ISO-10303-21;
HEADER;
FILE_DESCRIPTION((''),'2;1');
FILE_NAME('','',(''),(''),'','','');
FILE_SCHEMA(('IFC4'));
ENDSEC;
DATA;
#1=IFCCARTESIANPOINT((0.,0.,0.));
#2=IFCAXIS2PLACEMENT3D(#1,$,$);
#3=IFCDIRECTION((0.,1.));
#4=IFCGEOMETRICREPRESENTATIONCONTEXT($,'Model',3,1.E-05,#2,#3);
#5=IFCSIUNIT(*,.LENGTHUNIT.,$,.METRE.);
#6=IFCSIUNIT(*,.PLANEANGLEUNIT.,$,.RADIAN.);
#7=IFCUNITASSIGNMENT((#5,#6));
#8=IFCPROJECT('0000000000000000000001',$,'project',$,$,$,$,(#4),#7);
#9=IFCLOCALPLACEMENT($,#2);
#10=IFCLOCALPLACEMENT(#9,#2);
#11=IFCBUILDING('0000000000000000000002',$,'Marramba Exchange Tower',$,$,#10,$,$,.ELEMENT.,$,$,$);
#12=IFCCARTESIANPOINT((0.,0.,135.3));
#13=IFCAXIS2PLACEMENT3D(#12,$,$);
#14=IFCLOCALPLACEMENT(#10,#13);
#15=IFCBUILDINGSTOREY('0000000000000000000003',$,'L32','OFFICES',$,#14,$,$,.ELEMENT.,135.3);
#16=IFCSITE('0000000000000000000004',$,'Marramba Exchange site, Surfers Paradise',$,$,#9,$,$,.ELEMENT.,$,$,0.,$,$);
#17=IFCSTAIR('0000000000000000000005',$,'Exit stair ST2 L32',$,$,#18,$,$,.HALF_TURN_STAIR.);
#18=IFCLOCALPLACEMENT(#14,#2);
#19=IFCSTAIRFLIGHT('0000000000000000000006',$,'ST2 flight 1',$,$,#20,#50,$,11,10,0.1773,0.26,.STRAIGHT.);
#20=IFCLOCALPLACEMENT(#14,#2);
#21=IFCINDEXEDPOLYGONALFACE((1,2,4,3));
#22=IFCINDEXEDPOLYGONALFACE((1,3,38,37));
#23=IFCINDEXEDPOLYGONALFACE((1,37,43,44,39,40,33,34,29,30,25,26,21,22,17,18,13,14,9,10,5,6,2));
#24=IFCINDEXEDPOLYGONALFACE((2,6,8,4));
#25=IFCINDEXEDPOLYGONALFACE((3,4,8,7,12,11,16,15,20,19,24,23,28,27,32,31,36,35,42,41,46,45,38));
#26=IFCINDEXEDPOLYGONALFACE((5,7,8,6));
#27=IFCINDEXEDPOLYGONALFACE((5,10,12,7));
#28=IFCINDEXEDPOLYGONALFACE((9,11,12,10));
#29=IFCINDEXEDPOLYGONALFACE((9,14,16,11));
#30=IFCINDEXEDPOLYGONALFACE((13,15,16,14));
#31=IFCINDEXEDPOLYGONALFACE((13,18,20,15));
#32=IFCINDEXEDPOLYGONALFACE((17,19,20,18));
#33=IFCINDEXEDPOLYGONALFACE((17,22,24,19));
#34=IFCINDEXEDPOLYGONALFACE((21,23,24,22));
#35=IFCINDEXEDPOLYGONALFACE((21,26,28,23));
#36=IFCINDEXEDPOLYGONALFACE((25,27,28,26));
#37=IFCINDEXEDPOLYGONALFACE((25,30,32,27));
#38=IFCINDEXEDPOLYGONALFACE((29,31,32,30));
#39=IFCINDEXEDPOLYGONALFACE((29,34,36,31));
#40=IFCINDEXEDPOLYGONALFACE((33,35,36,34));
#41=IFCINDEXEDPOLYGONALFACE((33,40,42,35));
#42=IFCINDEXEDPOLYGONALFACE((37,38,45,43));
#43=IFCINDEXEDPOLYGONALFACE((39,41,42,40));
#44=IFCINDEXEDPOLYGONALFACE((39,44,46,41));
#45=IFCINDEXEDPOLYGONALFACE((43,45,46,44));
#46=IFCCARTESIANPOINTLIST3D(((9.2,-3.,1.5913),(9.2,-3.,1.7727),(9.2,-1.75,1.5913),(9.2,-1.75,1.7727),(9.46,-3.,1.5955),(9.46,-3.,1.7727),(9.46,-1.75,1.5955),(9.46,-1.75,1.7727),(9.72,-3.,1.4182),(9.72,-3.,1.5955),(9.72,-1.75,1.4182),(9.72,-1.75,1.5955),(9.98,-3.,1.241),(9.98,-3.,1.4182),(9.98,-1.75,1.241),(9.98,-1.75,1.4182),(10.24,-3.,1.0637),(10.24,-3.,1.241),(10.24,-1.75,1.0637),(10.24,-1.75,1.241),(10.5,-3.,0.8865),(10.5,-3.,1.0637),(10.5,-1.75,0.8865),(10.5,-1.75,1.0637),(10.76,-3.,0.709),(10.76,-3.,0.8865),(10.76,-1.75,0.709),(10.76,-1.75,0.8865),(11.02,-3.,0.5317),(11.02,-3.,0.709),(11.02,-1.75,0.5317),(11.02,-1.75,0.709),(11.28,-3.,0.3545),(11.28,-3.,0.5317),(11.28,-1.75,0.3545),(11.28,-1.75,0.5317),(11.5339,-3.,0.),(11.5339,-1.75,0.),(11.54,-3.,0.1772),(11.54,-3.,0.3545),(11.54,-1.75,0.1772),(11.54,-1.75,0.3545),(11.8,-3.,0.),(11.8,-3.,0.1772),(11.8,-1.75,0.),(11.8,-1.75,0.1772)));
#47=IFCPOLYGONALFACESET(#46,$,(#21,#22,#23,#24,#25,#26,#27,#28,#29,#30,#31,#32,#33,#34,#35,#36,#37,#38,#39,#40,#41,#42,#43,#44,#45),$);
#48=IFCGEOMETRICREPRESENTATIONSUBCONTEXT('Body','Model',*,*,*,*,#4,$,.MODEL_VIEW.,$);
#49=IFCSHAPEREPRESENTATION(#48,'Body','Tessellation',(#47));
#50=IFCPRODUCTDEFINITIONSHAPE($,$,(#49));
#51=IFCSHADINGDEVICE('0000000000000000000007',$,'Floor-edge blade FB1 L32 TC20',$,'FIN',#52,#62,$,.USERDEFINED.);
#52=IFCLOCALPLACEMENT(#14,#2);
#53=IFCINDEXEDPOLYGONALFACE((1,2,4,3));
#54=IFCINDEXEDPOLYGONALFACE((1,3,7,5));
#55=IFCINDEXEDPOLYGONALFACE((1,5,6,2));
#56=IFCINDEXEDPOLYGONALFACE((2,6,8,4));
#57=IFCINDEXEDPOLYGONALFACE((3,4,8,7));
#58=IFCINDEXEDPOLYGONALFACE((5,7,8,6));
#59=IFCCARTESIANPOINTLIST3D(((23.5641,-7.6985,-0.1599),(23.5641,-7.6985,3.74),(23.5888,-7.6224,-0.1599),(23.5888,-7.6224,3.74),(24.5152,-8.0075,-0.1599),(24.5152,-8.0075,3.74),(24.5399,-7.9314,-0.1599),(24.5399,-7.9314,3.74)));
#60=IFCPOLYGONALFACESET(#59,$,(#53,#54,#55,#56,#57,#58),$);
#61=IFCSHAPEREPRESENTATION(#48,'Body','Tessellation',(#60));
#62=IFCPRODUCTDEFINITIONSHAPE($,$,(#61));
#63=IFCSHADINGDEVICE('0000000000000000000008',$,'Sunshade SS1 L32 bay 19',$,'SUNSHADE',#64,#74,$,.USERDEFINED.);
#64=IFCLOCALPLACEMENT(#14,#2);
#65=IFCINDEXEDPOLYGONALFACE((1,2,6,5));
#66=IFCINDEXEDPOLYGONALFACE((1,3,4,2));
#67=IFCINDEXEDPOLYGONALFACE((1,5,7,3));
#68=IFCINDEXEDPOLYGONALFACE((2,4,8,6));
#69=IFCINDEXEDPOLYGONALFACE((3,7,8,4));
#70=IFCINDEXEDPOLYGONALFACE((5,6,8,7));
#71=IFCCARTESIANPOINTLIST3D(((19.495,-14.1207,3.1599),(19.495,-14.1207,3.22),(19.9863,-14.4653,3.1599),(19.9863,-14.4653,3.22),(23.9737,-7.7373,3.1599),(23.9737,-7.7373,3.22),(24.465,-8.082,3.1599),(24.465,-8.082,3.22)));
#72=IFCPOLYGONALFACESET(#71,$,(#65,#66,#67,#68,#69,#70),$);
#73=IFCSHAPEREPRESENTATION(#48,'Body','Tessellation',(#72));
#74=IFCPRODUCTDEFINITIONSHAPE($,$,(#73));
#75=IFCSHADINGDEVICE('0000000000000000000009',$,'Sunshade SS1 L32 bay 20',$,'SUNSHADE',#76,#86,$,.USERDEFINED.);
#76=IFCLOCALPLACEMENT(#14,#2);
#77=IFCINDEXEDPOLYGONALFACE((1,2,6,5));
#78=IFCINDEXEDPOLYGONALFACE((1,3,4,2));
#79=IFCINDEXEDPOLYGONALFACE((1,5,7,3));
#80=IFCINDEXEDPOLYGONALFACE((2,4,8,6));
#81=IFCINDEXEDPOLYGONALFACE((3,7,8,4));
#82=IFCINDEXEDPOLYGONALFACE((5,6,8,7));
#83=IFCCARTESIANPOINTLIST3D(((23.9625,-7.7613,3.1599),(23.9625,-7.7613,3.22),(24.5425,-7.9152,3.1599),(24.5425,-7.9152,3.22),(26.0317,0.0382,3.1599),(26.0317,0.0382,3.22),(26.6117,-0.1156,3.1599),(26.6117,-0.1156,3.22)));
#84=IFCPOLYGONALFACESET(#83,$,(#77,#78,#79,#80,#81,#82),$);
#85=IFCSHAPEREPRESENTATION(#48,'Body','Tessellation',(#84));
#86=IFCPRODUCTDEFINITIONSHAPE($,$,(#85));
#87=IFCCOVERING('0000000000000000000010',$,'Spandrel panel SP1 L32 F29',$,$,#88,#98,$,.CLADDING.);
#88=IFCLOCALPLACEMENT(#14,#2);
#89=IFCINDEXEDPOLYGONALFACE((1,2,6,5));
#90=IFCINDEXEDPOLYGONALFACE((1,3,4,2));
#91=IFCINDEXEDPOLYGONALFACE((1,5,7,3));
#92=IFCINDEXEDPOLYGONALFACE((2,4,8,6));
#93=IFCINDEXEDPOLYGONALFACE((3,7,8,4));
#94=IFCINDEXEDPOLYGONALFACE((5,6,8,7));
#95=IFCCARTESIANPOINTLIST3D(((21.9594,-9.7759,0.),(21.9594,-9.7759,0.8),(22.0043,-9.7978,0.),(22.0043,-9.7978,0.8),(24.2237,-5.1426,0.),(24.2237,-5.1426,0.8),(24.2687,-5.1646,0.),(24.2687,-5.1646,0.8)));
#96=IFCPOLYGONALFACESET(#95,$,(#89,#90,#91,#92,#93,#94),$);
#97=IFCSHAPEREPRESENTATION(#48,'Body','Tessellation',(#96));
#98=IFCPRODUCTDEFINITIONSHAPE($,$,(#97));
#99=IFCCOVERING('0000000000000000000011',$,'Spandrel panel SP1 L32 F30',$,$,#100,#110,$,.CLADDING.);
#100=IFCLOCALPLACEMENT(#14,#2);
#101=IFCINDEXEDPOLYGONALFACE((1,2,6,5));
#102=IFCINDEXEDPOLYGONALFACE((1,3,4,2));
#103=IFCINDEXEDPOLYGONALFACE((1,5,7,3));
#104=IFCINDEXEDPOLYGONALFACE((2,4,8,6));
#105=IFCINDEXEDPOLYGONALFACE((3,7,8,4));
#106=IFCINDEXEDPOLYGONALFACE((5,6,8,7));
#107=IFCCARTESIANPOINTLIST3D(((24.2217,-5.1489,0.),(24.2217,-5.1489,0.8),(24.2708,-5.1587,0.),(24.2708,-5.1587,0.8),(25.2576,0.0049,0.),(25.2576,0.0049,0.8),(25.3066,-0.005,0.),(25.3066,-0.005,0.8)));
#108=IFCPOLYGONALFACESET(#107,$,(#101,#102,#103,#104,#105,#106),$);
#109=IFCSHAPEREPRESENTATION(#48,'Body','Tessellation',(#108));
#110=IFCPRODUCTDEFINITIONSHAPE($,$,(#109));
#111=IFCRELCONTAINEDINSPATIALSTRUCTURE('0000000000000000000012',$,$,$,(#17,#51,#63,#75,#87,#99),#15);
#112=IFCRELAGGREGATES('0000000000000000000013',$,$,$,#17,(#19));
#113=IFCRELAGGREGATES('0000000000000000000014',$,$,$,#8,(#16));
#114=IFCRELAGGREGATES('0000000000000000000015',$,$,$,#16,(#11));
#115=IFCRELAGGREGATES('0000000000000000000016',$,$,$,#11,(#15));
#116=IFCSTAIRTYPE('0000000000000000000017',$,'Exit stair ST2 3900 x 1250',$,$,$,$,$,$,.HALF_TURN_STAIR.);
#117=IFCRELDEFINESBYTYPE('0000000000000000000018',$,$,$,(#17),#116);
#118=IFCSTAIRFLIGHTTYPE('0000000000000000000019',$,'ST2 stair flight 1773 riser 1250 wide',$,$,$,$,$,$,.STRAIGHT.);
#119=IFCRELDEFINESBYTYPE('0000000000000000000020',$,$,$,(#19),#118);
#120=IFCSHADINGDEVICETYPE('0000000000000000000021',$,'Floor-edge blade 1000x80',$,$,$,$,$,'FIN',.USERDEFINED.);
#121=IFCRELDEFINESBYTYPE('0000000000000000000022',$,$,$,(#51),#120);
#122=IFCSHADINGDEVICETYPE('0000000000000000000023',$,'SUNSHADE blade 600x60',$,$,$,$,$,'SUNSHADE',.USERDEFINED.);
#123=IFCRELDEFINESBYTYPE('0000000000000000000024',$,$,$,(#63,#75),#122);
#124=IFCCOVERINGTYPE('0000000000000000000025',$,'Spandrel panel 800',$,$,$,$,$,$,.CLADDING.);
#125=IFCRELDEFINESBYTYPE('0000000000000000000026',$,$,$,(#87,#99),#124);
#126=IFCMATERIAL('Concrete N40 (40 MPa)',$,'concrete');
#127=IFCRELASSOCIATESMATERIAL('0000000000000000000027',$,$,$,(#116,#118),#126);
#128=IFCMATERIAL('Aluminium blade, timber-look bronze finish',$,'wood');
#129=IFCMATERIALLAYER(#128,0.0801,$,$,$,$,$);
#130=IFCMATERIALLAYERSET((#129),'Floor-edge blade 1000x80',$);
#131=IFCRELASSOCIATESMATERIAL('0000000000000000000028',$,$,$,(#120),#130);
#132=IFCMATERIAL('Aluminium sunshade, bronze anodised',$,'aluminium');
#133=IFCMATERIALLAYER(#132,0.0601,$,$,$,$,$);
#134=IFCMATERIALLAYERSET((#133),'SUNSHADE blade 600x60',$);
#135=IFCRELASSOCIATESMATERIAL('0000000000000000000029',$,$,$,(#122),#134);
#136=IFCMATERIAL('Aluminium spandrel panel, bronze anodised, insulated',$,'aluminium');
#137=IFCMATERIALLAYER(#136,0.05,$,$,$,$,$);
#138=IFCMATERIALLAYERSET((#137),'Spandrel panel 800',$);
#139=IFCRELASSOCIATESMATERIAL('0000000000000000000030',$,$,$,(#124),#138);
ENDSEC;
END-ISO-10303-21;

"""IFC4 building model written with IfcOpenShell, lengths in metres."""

from ifc_helpers import new_model, si_unit, direction, frame, origin, origin_2d, place, context, subcontext, project, spatial, polyline, rectangle, outline, extrude, material, layer, layer_set, type_object, element, aggregate, save


model = new_model("IFC4")

# Units and contexts
model_context = context("Model", 3, precision=1e-05, world=origin(), true_north=direction((0.0, 1.0)))
body_context = subcontext(model_context, "Body", "Model", "MODEL_VIEW")
ifc_project = project(units=[si_unit("LENGTHUNIT", "METRE"), si_unit("PLANEANGLEUNIT", "RADIAN")], contexts=[model_context])

# Site, building, storey
site_placement = place(None, origin())
site = spatial("IfcSite", under=ifc_project, at=site_placement, Name="Marramba Exchange site, Surfers Paradise", CompositionType="ELEMENT", RefElevation=0.0)
building_placement = place(site_placement, origin())
building = spatial("IfcBuilding", under=site, at=building_placement, Name="Marramba Exchange Tower", CompositionType="ELEMENT")
storey_placement = place(building_placement, frame((0.0, 0.0, 135.3)))
storey = spatial("IfcBuildingStorey", under=building, at=storey_placement, Name="L32", Description="OFFICES", CompositionType="ELEMENT", Elevation=135.3)

# Stair, stair flight
ifc_material_1 = material(Name="Concrete N40 (40 MPa)", Category="concrete")
stair_type = type_object("IfcStairType", Name="Exit stair ST2 3900 x 1250", PredefinedType="HALF_TURN_STAIR", material=ifc_material_1)
stair_placement = place(storey_placement, origin())
stair = element("IfcStair", 1, at=stair_placement, inside=storey, type_object=stair_type, Name="Exit stair ST2 L32", PredefinedType="HALF_TURN_STAIR")
stair_flight_type = type_object("IfcStairFlightType", Name="ST2 stair flight 1773 riser 1250 wide", PredefinedType="STRAIGHT", material=ifc_material_1)
stair_flight_placement = place(storey_placement, frame((11.8, -2.375, 0.0), z_axis=(0.0, 0.0, 1.0), x_axis=(-1.0, 0.0, 0.0)))
stair_flight = element("IfcStairFlight", 2, at=stair_flight_placement, type_object=stair_flight_type, Name="ST2 flight 1", NumberOfRisers=11, NumberOfTreads=10, PredefinedType="STRAIGHT", RiserHeight=0.1773, TreadLength=0.26, context=body_context, shape_type="SweptSolid", body=[
    extrude(outline(polyline([(0.0, 0.0), (0.0, 0.1772), (0.26, 0.1772), (0.26, 0.3545), (0.52, 0.3545), (0.52, 0.5317), (0.78, 0.5317), (0.78, 0.709), (1.04, 0.709), (1.04, 0.8865), (1.3, 0.8865), (1.3, 1.0637), (1.5601, 1.0637), (1.5601, 1.241), (1.8201, 1.241), (1.8201, 1.4182), (2.0801, 1.4182), (2.0801, 1.5955), (2.3401, 1.5955), (2.3401, 1.7727), (2.6001, 1.7727), (2.6001, 1.95), (2.6001, 1.5913), (0.2661, 0.0), (0.0, 0.0)])), frame((0.0, 0.625, 0.0), z_axis=(0.0, -1.0, 0.0), x_axis=(1.0, 0.0, 0.0)), (0.0, 0.0, 1.0), 1.25),
])
aggregate(stair, [stair_flight])

# Shading devices
ifc_material_2 = material(Name="Aluminium blade, timber-look bronze finish", Category="wood")
ifc_layer_1 = layer(ifc_material_2, 0.0801)
ifc_layer_set_1 = layer_set([ifc_layer_1], Name="Floor-edge blade 1000x80")
shading_device_type_1 = type_object("IfcShadingDeviceType", Name="Floor-edge blade 1000x80", ElementType="FIN", PredefinedType="USERDEFINED", material=ifc_layer_set_1)
shading_device_1_placement = place(storey_placement, frame((24.052, -7.8149, -0.1599), z_axis=(0.0, 0.0, 1.0), x_axis=(0.951057, -0.309017, 0.0)))
element("IfcShadingDevice", 3, at=shading_device_1_placement, inside=storey, type_object=shading_device_type_1, Name="Floor-edge blade FB1 L32 TC20", ObjectType="FIN", PredefinedType="USERDEFINED", context=body_context, shape_type="SweptSolid", body=[
    extrude(rectangle(XDim=1.0, YDim=0.0801, at=origin_2d()), origin(), (0.0, 0.0, 1.0), 3.8999),
])
ifc_material_3 = material(Name="Aluminium sunshade, bronze anodised", Category="aluminium")
ifc_layer_2 = layer(ifc_material_3, 0.0601)
ifc_layer_set_2 = layer_set([ifc_layer_2], Name="SUNSHADE blade 600x60")
shading_device_type_2 = type_object("IfcShadingDeviceType", Name="SUNSHADE blade 600x60", ElementType="SUNSHADE", PredefinedType="USERDEFINED", material=ifc_layer_set_2)
shading_device_2_placement = place(storey_placement, frame((21.98, -11.1013, 3.1599), z_axis=(0.0, 0.0, 1.0), x_axis=(0.574351, 0.818609, 0.0)))
element("IfcShadingDevice", 4, at=shading_device_2_placement, inside=storey, type_object=shading_device_type_2, Name="Sunshade SS1 L32 bay 19", ObjectType="SUNSHADE", PredefinedType="USERDEFINED", context=body_context, shape_type="SweptSolid", body=[
    extrude(rectangle(XDim=7.7979, YDim=0.6001, at=origin_2d()), origin(), (0.0, 0.0, 1.0), 0.0601),
])
shading_device_3_placement = place(storey_placement, frame((25.2871, -3.9385, 3.1599), z_axis=(0.0, 0.0, 1.0), x_axis=(0.256423, 0.966565, 0.0)))
element("IfcShadingDevice", 5, at=shading_device_3_placement, inside=storey, type_object=shading_device_type_2, Name="Sunshade SS1 L32 bay 20", ObjectType="SUNSHADE", PredefinedType="USERDEFINED", context=body_context, shape_type="SweptSolid", body=[
    extrude(rectangle(XDim=8.0693, YDim=0.6001, at=origin_2d()), origin(), (0.0, 0.0, 1.0), 0.0601),
])

# Coverings
ifc_material_4 = material(Name="Aluminium spandrel panel, bronze anodised, insulated", Category="aluminium")
ifc_layer_3 = layer(ifc_material_4, 0.05)
ifc_layer_set_3 = layer_set([ifc_layer_3], Name="Spandrel panel 800")
covering_type = type_object("IfcCoveringType", Name="Spandrel panel 800", PredefinedType="CLADDING", material=ifc_layer_set_3)
covering_1_placement = place(storey_placement, frame((23.114, -7.4702, 0.0), z_axis=(0.0, 0.0, 1.0), x_axis=(0.439086, 0.898445, 0.0)))
element("IfcCovering", 6, at=covering_1_placement, inside=storey, type_object=covering_type, Name="Spandrel panel SP1 L32 F29", PredefinedType="CLADDING", context=body_context, shape_type="SweptSolid", body=[
    extrude(rectangle(XDim=5.157, YDim=0.05, at=origin_2d()), origin(), (0.0, 0.0, 1.0), 0.8),
])
covering_2_placement = place(storey_placement, frame((24.7642, -2.5769, 0.0), z_axis=(0.0, 0.0, 1.0), x_axis=(0.197049, 0.980394, 0.0)))
element("IfcCovering", 7, at=covering_2_placement, inside=storey, type_object=covering_type, Name="Spandrel panel SP1 L32 F30", PredefinedType="CLADDING", context=body_context, shape_type="SweptSolid", body=[
    extrude(rectangle(XDim=5.2568, YDim=0.05, at=origin_2d()), origin(), (0.0, 0.0, 1.0), 0.8),
])

save(model, "model.ifc")
